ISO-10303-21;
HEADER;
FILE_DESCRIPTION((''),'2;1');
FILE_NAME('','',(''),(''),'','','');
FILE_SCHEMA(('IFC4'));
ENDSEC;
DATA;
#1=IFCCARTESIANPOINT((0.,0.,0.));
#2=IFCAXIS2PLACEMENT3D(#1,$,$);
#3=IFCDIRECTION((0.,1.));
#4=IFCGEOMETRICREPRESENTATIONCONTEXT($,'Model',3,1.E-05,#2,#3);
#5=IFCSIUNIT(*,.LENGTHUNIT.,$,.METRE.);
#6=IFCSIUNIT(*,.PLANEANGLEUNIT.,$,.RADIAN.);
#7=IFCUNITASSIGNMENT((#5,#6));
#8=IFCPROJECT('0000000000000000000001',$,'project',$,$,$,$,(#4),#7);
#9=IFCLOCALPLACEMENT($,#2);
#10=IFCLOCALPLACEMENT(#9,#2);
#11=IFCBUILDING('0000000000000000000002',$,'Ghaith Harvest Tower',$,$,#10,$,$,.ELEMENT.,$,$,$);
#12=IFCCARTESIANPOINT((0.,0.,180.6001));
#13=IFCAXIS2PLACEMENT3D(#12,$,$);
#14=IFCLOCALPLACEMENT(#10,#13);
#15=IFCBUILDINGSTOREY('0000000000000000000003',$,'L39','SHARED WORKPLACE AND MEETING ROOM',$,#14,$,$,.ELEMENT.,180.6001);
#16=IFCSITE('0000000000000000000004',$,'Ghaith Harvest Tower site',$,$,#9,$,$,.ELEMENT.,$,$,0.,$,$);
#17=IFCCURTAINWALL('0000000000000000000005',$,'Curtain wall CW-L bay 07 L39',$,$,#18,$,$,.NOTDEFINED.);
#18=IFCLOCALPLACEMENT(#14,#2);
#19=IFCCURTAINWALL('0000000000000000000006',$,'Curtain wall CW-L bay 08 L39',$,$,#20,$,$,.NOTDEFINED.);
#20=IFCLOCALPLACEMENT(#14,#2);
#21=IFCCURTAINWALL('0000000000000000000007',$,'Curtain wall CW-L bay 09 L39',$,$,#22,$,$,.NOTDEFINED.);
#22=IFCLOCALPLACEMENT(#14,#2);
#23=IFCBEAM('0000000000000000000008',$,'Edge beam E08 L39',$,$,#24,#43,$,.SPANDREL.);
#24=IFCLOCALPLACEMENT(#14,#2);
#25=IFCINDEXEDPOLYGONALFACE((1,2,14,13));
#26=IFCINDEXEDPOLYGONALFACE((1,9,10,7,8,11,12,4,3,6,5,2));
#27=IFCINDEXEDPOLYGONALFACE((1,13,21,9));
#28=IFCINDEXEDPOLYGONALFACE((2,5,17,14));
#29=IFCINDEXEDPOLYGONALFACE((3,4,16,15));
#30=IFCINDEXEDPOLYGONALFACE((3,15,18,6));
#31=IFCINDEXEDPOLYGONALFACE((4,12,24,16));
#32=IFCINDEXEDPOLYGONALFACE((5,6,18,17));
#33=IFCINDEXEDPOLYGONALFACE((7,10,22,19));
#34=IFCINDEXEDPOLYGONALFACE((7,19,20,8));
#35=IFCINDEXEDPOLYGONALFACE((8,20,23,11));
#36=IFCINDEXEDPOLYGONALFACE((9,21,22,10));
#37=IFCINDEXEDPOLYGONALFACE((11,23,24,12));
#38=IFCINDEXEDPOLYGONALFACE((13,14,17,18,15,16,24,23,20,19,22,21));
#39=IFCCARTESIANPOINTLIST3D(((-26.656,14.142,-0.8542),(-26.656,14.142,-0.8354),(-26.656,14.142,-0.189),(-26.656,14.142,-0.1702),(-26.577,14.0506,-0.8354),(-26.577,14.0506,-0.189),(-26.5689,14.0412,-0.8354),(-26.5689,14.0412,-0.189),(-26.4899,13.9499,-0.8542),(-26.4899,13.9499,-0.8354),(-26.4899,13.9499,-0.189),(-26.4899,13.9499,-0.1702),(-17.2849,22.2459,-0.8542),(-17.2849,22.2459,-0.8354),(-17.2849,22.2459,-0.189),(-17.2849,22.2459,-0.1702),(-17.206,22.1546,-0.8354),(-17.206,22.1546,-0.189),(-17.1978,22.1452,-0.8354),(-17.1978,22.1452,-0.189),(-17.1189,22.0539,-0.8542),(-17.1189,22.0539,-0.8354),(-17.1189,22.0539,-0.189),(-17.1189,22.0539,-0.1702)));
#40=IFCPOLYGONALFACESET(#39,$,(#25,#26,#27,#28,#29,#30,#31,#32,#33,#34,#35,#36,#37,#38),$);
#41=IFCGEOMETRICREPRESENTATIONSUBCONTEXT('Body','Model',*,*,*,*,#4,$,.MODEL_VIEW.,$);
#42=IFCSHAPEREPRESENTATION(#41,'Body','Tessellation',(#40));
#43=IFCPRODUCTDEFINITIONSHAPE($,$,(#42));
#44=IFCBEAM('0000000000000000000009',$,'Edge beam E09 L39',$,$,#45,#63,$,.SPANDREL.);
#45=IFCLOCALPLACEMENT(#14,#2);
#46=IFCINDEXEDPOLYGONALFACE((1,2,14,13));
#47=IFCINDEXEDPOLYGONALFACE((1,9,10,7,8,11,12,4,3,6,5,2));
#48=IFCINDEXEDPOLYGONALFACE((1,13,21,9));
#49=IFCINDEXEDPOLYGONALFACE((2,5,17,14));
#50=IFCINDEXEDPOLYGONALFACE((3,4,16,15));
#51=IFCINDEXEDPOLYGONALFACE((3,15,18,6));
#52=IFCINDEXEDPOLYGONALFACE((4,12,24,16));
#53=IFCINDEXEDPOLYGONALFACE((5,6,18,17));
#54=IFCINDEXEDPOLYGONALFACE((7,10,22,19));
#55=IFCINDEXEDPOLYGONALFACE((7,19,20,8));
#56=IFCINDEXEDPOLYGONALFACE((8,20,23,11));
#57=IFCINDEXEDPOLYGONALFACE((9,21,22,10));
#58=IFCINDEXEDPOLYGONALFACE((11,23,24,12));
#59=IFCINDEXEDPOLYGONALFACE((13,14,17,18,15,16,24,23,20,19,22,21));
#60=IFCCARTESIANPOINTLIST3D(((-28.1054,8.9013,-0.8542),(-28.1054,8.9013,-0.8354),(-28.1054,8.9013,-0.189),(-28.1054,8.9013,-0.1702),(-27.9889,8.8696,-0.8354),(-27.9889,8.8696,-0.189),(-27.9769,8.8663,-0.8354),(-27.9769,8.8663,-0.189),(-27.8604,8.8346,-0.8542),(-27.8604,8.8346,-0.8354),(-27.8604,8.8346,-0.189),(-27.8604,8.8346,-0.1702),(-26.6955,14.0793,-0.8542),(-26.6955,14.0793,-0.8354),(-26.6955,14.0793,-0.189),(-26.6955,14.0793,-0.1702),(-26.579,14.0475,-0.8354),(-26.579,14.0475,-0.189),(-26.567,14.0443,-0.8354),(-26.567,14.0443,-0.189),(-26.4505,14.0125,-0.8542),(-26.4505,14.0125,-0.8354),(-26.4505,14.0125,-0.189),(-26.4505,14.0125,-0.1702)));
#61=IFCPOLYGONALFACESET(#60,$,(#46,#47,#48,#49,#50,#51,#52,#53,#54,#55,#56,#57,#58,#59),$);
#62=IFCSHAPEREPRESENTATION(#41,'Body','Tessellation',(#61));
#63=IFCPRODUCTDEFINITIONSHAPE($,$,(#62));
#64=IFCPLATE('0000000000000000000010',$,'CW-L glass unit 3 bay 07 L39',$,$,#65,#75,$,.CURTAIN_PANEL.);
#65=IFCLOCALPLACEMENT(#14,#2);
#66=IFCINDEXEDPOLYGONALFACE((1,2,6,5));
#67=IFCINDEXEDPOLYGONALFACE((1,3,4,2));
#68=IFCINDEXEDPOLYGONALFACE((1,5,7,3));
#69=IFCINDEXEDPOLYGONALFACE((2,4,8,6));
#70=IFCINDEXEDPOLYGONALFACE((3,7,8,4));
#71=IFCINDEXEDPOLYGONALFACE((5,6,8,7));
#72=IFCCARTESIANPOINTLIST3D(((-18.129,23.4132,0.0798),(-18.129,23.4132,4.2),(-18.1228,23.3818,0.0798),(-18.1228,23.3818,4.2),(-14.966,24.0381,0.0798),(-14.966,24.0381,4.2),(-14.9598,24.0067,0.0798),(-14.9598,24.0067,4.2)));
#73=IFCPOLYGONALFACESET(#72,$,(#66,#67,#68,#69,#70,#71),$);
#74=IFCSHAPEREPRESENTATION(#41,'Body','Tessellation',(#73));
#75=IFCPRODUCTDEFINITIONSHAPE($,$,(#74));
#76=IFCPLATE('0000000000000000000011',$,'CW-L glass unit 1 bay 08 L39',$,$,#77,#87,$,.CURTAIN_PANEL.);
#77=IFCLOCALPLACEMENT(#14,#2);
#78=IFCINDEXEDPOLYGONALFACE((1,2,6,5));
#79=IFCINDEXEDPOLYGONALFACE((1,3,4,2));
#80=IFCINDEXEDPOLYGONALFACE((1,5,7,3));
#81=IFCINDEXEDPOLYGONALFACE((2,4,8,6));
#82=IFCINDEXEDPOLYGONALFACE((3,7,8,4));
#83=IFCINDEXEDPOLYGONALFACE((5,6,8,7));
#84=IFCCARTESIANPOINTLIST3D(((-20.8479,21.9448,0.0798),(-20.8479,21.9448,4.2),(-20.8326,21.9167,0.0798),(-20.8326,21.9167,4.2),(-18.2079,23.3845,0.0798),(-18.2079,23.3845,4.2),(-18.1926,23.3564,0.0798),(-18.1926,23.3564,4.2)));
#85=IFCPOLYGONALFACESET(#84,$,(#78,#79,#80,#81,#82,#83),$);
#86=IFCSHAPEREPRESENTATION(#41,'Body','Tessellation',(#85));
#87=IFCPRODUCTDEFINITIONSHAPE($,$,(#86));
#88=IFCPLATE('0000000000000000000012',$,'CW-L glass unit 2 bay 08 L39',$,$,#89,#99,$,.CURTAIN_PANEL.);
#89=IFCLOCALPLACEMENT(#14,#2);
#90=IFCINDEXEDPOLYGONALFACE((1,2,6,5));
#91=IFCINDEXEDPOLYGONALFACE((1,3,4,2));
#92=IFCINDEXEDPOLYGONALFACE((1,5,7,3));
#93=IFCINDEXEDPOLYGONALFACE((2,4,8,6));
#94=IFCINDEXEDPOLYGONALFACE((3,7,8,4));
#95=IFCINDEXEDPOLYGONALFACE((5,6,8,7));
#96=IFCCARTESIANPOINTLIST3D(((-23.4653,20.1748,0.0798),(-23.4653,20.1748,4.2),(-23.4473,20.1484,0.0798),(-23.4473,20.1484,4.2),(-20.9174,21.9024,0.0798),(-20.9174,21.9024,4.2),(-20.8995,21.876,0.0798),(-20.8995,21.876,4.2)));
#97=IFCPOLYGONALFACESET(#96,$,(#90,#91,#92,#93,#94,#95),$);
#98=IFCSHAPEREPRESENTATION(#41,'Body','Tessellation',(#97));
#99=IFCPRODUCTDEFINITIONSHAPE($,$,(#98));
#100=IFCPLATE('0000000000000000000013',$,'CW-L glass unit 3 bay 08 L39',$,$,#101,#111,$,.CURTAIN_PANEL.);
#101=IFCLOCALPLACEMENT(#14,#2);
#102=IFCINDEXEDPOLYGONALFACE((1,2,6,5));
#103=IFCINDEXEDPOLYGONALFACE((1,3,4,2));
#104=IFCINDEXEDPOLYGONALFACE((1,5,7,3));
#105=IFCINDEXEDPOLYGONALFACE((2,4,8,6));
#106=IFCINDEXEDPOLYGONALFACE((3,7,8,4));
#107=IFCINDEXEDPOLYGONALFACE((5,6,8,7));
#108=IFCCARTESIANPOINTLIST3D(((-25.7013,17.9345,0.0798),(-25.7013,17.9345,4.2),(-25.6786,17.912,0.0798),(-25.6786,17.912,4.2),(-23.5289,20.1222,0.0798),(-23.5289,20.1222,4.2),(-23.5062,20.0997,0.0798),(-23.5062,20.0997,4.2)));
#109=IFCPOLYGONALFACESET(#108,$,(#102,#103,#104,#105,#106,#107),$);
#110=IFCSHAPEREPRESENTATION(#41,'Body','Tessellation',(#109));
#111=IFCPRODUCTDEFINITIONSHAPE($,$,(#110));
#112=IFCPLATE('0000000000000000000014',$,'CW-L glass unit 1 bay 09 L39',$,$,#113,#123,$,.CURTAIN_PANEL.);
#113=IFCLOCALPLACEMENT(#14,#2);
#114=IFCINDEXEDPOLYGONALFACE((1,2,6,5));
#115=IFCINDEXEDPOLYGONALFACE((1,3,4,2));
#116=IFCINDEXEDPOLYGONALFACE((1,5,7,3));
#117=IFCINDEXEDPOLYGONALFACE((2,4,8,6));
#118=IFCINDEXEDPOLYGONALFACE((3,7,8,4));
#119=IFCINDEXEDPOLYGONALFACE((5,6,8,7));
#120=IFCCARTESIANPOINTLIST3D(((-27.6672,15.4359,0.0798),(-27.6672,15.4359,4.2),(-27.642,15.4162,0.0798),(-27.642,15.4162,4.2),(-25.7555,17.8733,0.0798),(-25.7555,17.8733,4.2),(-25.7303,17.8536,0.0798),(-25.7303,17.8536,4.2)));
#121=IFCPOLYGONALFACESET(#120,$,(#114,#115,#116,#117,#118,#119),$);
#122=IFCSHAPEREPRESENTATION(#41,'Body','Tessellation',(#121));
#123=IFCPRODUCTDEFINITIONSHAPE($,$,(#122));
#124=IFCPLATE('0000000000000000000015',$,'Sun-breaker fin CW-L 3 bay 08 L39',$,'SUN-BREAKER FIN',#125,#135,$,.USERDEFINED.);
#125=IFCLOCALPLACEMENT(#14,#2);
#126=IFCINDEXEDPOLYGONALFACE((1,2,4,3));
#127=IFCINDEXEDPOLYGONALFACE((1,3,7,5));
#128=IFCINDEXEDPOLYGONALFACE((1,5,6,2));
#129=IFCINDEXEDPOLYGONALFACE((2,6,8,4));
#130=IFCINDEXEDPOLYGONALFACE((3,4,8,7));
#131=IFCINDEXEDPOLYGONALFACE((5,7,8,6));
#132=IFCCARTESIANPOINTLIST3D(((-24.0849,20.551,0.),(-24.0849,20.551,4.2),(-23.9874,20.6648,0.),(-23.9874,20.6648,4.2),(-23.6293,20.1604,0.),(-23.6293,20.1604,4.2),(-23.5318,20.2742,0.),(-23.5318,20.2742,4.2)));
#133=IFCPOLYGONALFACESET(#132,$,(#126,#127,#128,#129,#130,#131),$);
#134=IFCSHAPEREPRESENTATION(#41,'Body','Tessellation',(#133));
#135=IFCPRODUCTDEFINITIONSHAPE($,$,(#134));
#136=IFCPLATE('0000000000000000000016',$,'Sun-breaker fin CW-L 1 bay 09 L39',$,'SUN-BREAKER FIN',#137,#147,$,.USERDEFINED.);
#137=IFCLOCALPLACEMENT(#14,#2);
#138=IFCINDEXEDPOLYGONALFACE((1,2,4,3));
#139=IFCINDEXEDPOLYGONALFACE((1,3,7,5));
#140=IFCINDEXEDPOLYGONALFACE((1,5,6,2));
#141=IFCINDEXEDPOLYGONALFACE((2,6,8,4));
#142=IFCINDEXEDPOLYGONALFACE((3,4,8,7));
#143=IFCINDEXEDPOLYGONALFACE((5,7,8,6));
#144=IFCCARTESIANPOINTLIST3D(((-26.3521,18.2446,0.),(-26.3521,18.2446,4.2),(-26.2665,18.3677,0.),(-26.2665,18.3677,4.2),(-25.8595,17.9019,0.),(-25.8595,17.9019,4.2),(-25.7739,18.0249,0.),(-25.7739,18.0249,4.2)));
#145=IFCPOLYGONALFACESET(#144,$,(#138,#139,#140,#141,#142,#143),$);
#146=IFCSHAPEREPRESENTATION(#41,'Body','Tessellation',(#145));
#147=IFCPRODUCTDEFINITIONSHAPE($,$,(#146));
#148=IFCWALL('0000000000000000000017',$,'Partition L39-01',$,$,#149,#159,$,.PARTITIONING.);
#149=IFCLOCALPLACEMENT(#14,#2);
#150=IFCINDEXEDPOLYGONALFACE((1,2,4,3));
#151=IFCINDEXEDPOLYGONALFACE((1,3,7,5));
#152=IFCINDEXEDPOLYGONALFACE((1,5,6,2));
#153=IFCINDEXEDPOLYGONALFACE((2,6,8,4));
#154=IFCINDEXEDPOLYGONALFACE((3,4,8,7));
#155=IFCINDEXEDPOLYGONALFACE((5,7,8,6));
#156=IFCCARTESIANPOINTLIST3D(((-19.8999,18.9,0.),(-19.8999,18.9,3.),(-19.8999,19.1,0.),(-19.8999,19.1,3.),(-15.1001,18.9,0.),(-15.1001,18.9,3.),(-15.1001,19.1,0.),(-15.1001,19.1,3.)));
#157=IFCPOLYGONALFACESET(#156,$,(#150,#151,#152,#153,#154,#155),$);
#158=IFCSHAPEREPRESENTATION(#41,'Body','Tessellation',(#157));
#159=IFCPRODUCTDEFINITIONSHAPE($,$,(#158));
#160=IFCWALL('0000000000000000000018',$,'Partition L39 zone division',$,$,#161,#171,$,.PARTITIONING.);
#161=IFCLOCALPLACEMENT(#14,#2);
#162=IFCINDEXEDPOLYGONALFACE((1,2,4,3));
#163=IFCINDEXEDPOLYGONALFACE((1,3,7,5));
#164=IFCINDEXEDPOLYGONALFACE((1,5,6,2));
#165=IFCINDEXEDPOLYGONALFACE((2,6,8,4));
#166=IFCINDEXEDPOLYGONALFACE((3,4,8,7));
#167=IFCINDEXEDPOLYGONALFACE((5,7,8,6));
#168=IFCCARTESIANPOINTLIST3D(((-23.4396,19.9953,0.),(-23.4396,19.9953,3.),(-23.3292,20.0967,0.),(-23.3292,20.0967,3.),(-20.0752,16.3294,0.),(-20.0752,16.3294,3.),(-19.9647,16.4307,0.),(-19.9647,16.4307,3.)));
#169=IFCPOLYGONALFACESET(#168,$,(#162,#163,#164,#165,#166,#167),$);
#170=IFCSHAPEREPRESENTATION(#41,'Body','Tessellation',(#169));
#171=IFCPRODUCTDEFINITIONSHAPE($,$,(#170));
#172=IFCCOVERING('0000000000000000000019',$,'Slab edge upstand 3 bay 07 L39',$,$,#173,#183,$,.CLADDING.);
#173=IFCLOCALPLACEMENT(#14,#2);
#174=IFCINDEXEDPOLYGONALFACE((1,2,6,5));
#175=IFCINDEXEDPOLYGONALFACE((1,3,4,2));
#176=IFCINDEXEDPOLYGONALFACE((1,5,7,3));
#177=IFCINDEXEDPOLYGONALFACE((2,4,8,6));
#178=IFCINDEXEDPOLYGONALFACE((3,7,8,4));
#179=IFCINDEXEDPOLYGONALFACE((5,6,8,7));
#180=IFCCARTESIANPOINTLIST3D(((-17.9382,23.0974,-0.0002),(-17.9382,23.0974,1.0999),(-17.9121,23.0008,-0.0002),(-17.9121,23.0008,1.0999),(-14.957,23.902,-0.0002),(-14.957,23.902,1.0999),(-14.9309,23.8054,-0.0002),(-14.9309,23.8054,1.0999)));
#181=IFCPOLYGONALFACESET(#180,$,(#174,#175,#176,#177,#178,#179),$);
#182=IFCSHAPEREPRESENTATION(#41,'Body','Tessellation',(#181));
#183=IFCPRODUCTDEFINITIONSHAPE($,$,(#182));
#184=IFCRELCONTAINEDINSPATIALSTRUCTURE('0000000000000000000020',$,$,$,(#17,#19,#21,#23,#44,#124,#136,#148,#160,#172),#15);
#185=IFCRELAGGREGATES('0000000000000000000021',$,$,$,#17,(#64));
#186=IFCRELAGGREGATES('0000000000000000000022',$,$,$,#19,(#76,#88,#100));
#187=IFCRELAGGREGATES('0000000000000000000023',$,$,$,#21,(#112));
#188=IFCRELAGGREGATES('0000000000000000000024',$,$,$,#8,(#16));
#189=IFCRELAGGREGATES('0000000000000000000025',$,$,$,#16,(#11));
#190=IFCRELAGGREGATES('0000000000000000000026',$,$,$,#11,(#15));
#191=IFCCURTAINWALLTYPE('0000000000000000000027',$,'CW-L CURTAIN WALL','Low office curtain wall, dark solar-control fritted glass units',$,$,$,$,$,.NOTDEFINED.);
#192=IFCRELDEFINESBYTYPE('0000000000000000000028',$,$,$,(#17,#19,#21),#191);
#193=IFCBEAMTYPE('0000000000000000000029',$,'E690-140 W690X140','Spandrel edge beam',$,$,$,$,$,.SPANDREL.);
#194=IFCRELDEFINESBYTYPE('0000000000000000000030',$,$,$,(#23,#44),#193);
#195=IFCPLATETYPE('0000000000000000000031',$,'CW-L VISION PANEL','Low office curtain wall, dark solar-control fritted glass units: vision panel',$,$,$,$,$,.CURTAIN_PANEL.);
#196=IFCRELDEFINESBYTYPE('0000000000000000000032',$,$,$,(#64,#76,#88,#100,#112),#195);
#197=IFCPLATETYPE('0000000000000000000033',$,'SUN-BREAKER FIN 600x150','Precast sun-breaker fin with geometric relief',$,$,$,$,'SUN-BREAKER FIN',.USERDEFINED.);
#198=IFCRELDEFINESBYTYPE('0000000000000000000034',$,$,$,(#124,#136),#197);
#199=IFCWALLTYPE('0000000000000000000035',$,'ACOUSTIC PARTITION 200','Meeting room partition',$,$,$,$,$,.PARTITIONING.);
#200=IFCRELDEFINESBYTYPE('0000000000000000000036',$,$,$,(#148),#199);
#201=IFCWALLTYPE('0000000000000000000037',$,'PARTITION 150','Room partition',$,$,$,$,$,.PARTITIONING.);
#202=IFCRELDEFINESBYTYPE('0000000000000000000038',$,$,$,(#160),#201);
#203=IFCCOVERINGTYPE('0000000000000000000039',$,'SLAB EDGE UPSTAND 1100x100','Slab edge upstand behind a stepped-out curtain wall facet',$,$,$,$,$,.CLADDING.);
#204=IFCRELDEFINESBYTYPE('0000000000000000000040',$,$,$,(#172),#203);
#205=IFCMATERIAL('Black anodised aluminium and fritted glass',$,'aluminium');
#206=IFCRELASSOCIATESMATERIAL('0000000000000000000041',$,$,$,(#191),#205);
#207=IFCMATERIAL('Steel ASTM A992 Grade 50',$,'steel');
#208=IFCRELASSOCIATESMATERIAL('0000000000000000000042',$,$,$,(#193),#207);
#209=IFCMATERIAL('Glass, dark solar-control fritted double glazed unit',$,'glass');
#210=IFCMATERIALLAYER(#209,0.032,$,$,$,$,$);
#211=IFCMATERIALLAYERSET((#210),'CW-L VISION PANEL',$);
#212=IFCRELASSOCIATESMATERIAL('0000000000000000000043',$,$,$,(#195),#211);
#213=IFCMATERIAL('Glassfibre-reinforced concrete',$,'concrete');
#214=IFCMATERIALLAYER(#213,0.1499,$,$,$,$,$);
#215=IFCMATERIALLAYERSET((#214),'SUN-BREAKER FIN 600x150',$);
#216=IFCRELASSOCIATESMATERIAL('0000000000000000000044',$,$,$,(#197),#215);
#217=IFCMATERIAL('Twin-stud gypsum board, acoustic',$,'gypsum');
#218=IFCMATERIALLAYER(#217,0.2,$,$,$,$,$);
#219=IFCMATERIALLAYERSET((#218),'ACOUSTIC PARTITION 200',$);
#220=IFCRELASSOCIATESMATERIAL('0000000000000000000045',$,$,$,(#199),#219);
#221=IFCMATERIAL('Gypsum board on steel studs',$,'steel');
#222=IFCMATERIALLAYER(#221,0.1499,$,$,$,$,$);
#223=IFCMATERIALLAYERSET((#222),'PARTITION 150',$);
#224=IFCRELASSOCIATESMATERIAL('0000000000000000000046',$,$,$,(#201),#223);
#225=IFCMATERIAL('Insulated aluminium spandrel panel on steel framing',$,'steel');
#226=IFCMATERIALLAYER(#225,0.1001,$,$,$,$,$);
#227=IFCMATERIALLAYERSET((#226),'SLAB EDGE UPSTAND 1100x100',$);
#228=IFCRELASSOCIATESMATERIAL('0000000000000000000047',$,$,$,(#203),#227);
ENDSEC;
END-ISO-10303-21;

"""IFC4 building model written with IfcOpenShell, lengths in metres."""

from ifc_helpers import new_model, si_unit, direction, frame, frame_2d, origin, origin_2d, place, context, subcontext, project, spatial, rectangle, i_section, extrude, material, layer, layer_set, material_profile, profile_set, type_object, element, aggregate, save


model = new_model("IFC4")

# Units and contexts
model_context = context("Model", 3, precision=1e-05, world=origin(), true_north=direction((0.0, 1.0)))
body_context = subcontext(model_context, "Body", "Model", "MODEL_VIEW")
ifc_project = project(units=[si_unit("LENGTHUNIT", "METRE"), si_unit("PLANEANGLEUNIT", "RADIAN")], contexts=[model_context])

# Site, building, storey
site_placement = place(None, origin())
site = spatial("IfcSite", under=ifc_project, at=site_placement, Name="Ghaith Harvest Tower site", CompositionType="ELEMENT", RefElevation=0.0)
building_placement = place(site_placement, origin())
building = spatial("IfcBuilding", under=site, at=building_placement, Name="Ghaith Harvest Tower", CompositionType="ELEMENT")
storey_placement = place(building_placement, frame((0.0, 0.0, 180.6001)))
storey = spatial("IfcBuildingStorey", under=building, at=storey_placement, Name="L39", Description="SHARED WORKPLACE AND MEETING ROOM", CompositionType="ELEMENT", Elevation=180.6001)

# Curtain wall
ifc_material_1 = material(Name="Black anodised aluminium and fritted glass", Category="aluminium")
curtain_wall_type = type_object("IfcCurtainWallType", Name="CW-L CURTAIN WALL", Description="Low office curtain wall, dark solar-control fritted glass units", PredefinedType="NOTDEFINED", material=ifc_material_1)
curtain_wall_1_placement = place(storey_placement, origin())
curtain_wall_1 = element("IfcCurtainWall", 1, at=curtain_wall_1_placement, inside=storey, type_object=curtain_wall_type, Name="Curtain wall CW-L bay 07 L39", PredefinedType="NOTDEFINED")

# Curtain walls
curtain_wall_2_placement = place(storey_placement, origin())
curtain_wall_2 = element("IfcCurtainWall", 2, at=curtain_wall_2_placement, inside=storey, type_object=curtain_wall_type, Name="Curtain wall CW-L bay 08 L39", PredefinedType="NOTDEFINED")
curtain_wall_3_placement = place(storey_placement, origin())
curtain_wall_3 = element("IfcCurtainWall", 3, at=curtain_wall_3_placement, inside=storey, type_object=curtain_wall_type, Name="Curtain wall CW-L bay 09 L39", PredefinedType="NOTDEFINED")

# Beams
ifc_material_2 = material(Name="Steel ASTM A992 Grade 50", Category="steel")
ifc_material_profile_1 = material_profile(ifc_material_2, i_section(OverallWidth=0.2539, OverallDepth=0.6841, WebThickness=0.0125, FlangeThickness=0.0188, at=origin_2d()), Name="W690X140")
ifc_profile_set_1 = profile_set([ifc_material_profile_1], Name="Steel ASTM A992 Grade 50")
beam_type = type_object("IfcBeamType", Name="E690-140 W690X140", Description="Spandrel edge beam", PredefinedType="SPANDREL", material=ifc_profile_set_1)
beam_1_placement = place(storey_placement, frame((-17.2019, 22.1499, -0.5122), z_axis=(-0.756392, -0.654118, 0.0), x_axis=(0.654118, -0.756392, 0.0)))
element("IfcBeam", 4, at=beam_1_placement, inside=storey, type_object=beam_type, Name="Edge beam E08 L39", PredefinedType="SPANDREL", context=body_context, shape_type="SweptSolid", body=[
    extrude(i_section(OverallWidth=0.2539, OverallDepth=0.6841, WebThickness=0.0125, FlangeThickness=0.0188, at=origin_2d()), origin(), (0.0, 0.0, 1.0), 12.3892),
])
beam_2_placement = place(storey_placement, frame((-26.573, 14.0459, -0.5122), z_axis=(-0.262725, -0.964871, 0.0), x_axis=(0.964871, -0.262725, 0.0)))
element("IfcBeam", 5, at=beam_2_placement, inside=storey, type_object=beam_type, Name="Edge beam E09 L39", PredefinedType="SPANDREL", context=body_context, shape_type="SweptSolid", body=[
    extrude(i_section(OverallWidth=0.2539, OverallDepth=0.6841, WebThickness=0.0125, FlangeThickness=0.0188, at=origin_2d()), origin(), (0.0, 0.0, 1.0), 5.3665),
])

# Plates
ifc_material_3 = material(Name="Glass, dark solar-control fritted double glazed unit", Category="glass")
ifc_layer_1 = layer(ifc_material_3, 0.032)
ifc_layer_set_1 = layer_set([ifc_layer_1], Name="CW-L VISION PANEL")
plate_type_1 = type_object("IfcPlateType", Name="CW-L VISION PANEL", Description="Low office curtain wall, dark solar-control fritted glass units: vision panel", PredefinedType="CURTAIN_PANEL", material=ifc_layer_set_1)
plate_1_placement = place(storey_placement, frame((-16.5444, 23.71, 0.0798), z_axis=(0.0, 0.0, 1.0), x_axis=(-0.981038, -0.193818, 0.0)))
plate_1 = element("IfcPlate", 6, at=plate_1_placement, type_object=plate_type_1, Name="CW-L glass unit 3 bay 07 L39", PredefinedType="CURTAIN_PANEL", context=body_context, shape_type="SweptSolid", body=[
    extrude(rectangle(XDim=3.2241, YDim=0.032, at=origin_2d()), origin(), (0.0, 0.0, 1.0), 4.1201),
])
aggregate(curtain_wall_1, [plate_1])
plate_2_placement = place(storey_placement, frame((-19.5203, 22.6506, 0.0798), z_axis=(0.0, 0.0, 1.0), x_axis=(-0.87794, -0.47877, 0.0)))
plate_2 = element("IfcPlate", 7, at=plate_2_placement, type_object=plate_type_1, Name="CW-L glass unit 1 bay 08 L39", PredefinedType="CURTAIN_PANEL", context=body_context, shape_type="SweptSolid", body=[
    extrude(rectangle(XDim=3.0071, YDim=0.032, at=origin_2d()), origin(), (0.0, 0.0, 1.0), 4.1201),
])
plate_3_placement = place(storey_placement, frame((-22.1824, 21.0254, 0.0798), z_axis=(0.0, 0.0, 1.0), x_axis=(-0.827675, -0.561208, 0.0)))
plate_3 = element("IfcPlate", 8, at=plate_3_placement, type_object=plate_type_1, Name="CW-L glass unit 2 bay 08 L39", PredefinedType="CURTAIN_PANEL", context=body_context, shape_type="SweptSolid", body=[
    extrude(rectangle(XDim=3.0784, YDim=0.032, at=origin_2d()), origin(), (0.0, 0.0, 1.0), 4.1201),
])
plate_4_placement = place(storey_placement, frame((-24.6038, 19.0171, 0.0798), z_axis=(0.0, 0.0, 1.0), x_axis=(-0.704614, -0.709591, 0.0)))
plate_4 = element("IfcPlate", 9, at=plate_4_placement, type_object=plate_type_1, Name="CW-L glass unit 3 bay 08 L39", PredefinedType="CURTAIN_PANEL", context=body_context, shape_type="SweptSolid", body=[
    extrude(rectangle(XDim=3.083, YDim=0.032, at=origin_2d()), origin(), (0.0, 0.0, 1.0), 4.1201),
])
aggregate(curtain_wall_2, [plate_2, plate_3, plate_4])
plate_5_placement = place(storey_placement, frame((-26.6987, 16.6448, 0.0798), z_axis=(0.0, 0.0, 1.0), x_axis=(-0.617141, -0.786853, 0.0)))
plate_5 = element("IfcPlate", 10, at=plate_5_placement, type_object=plate_type_1, Name="CW-L glass unit 1 bay 09 L39", PredefinedType="CURTAIN_PANEL", context=body_context, shape_type="SweptSolid", body=[
    extrude(rectangle(XDim=3.0977, YDim=0.032, at=origin_2d()), origin(), (0.0, 0.0, 1.0), 4.1201),
])
aggregate(curtain_wall_3, [plate_5])

# Plates
ifc_material_4 = material(Name="Glassfibre-reinforced concrete", Category="concrete")
ifc_layer_2 = layer(ifc_material_4, 0.1499)
ifc_layer_set_2 = layer_set([ifc_layer_2], Name="SUN-BREAKER FIN 600x150")
plate_type_2 = type_object("IfcPlateType", Name="SUN-BREAKER FIN 600x150", Description="Precast sun-breaker fin with geometric relief", ElementType="SUN-BREAKER FIN", PredefinedType="USERDEFINED", material=ifc_layer_set_2)
for number, where, z_axis, x_axis, name in (
    (11, (-23.8083, 20.4126, 0.0), (0.0, 0.0, 1.0), (-0.75917, 0.650893, 0.0), "Sun-breaker fin CW-L 3 bay 08 L39"),
    (12, (-26.063, 18.1348, 0.0), (0.0, 0.0, 1.0), (-0.820845, 0.57115, 0.0), "Sun-breaker fin CW-L 1 bay 09 L39"),
):
    element("IfcPlate", number, at=place(storey_placement, frame(where, z_axis=z_axis, x_axis=x_axis)), inside=storey, type_object=plate_type_2, Name=name, ObjectType="SUN-BREAKER FIN", PredefinedType="USERDEFINED", context=body_context, shape_type="SweptSolid", body=[
        extrude(rectangle(XDim=0.6001, YDim=0.1499, at=origin_2d()), origin(), (0.0, 0.0, 1.0), 4.2),
    ])

# Walls
ifc_material_5 = material(Name="Twin-stud gypsum board, acoustic", Category="gypsum")
ifc_layer_3 = layer(ifc_material_5, 0.2)
ifc_layer_set_3 = layer_set([ifc_layer_3], Name="ACOUSTIC PARTITION 200")
wall_type_1 = type_object("IfcWallType", Name="ACOUSTIC PARTITION 200", Description="Meeting room partition", PredefinedType="PARTITIONING", material=ifc_layer_set_3)
wall_1_placement = place(storey_placement, frame((-19.8999, 19.0, 0.0), z_axis=(0.0, 0.0, 1.0), x_axis=(1.0, 0.0, 0.0)))
element("IfcWall", 13, at=wall_1_placement, inside=storey, type_object=wall_type_1, Name="Partition L39-01", PredefinedType="PARTITIONING", context=body_context, shape_type="SweptSolid", body=[
    extrude(rectangle(XDim=4.7998, YDim=0.2, at=frame_2d((2.3999, 0.0))), origin(), (0.0, 0.0, 1.0), 3.0),
])
ifc_material_6 = material(Name="Gypsum board on steel studs", Category="steel")
ifc_layer_4 = layer(ifc_material_6, 0.1499)
ifc_layer_set_4 = layer_set([ifc_layer_4], Name="PARTITION 150")
wall_type_2 = type_object("IfcWallType", Name="PARTITION 150", Description="Room partition", PredefinedType="PARTITIONING", material=ifc_layer_set_4)
wall_2_placement = place(storey_placement, frame((-20.02, 16.3801, 0.0), z_axis=(0.0, 0.0, 1.0), x_axis=(-0.67616, 0.736755, 0.0)))
element("IfcWall", 14, at=wall_2_placement, inside=storey, type_object=wall_type_2, Name="Partition L39 zone division", PredefinedType="PARTITIONING", context=body_context, shape_type="SweptSolid", body=[
    extrude(rectangle(XDim=4.9758, YDim=0.1499, at=frame_2d((2.4878, 0.0))), origin(), (0.0, 0.0, 1.0), 3.0),
])

# Covering
ifc_material_7 = material(Name="Insulated aluminium spandrel panel on steel framing", Category="steel")
ifc_layer_5 = layer(ifc_material_7, 0.1001)
ifc_layer_set_5 = layer_set([ifc_layer_5], Name="SLAB EDGE UPSTAND 1100x100")
covering_type = type_object("IfcCoveringType", Name="SLAB EDGE UPSTAND 1100x100", Description="Slab edge upstand behind a stepped-out curtain wall facet", PredefinedType="CLADDING", material=ifc_layer_set_5)
covering_1_placement = place(storey_placement, frame((-16.4346, 23.4514, -0.0002), z_axis=(0.0, 0.0, 1.0), x_axis=(-0.965455, -0.26057, 0.0)))
element("IfcCovering", 15, at=covering_1_placement, inside=storey, type_object=covering_type, Name="Slab edge upstand 3 bay 07 L39", PredefinedType="CLADDING", context=body_context, shape_type="SweptSolid", body=[
    extrude(rectangle(XDim=3.0879, YDim=0.1001, at=origin_2d()), origin(), (0.0, 0.0, 1.0), 1.1001),
])

save(model, "model.ifc")
